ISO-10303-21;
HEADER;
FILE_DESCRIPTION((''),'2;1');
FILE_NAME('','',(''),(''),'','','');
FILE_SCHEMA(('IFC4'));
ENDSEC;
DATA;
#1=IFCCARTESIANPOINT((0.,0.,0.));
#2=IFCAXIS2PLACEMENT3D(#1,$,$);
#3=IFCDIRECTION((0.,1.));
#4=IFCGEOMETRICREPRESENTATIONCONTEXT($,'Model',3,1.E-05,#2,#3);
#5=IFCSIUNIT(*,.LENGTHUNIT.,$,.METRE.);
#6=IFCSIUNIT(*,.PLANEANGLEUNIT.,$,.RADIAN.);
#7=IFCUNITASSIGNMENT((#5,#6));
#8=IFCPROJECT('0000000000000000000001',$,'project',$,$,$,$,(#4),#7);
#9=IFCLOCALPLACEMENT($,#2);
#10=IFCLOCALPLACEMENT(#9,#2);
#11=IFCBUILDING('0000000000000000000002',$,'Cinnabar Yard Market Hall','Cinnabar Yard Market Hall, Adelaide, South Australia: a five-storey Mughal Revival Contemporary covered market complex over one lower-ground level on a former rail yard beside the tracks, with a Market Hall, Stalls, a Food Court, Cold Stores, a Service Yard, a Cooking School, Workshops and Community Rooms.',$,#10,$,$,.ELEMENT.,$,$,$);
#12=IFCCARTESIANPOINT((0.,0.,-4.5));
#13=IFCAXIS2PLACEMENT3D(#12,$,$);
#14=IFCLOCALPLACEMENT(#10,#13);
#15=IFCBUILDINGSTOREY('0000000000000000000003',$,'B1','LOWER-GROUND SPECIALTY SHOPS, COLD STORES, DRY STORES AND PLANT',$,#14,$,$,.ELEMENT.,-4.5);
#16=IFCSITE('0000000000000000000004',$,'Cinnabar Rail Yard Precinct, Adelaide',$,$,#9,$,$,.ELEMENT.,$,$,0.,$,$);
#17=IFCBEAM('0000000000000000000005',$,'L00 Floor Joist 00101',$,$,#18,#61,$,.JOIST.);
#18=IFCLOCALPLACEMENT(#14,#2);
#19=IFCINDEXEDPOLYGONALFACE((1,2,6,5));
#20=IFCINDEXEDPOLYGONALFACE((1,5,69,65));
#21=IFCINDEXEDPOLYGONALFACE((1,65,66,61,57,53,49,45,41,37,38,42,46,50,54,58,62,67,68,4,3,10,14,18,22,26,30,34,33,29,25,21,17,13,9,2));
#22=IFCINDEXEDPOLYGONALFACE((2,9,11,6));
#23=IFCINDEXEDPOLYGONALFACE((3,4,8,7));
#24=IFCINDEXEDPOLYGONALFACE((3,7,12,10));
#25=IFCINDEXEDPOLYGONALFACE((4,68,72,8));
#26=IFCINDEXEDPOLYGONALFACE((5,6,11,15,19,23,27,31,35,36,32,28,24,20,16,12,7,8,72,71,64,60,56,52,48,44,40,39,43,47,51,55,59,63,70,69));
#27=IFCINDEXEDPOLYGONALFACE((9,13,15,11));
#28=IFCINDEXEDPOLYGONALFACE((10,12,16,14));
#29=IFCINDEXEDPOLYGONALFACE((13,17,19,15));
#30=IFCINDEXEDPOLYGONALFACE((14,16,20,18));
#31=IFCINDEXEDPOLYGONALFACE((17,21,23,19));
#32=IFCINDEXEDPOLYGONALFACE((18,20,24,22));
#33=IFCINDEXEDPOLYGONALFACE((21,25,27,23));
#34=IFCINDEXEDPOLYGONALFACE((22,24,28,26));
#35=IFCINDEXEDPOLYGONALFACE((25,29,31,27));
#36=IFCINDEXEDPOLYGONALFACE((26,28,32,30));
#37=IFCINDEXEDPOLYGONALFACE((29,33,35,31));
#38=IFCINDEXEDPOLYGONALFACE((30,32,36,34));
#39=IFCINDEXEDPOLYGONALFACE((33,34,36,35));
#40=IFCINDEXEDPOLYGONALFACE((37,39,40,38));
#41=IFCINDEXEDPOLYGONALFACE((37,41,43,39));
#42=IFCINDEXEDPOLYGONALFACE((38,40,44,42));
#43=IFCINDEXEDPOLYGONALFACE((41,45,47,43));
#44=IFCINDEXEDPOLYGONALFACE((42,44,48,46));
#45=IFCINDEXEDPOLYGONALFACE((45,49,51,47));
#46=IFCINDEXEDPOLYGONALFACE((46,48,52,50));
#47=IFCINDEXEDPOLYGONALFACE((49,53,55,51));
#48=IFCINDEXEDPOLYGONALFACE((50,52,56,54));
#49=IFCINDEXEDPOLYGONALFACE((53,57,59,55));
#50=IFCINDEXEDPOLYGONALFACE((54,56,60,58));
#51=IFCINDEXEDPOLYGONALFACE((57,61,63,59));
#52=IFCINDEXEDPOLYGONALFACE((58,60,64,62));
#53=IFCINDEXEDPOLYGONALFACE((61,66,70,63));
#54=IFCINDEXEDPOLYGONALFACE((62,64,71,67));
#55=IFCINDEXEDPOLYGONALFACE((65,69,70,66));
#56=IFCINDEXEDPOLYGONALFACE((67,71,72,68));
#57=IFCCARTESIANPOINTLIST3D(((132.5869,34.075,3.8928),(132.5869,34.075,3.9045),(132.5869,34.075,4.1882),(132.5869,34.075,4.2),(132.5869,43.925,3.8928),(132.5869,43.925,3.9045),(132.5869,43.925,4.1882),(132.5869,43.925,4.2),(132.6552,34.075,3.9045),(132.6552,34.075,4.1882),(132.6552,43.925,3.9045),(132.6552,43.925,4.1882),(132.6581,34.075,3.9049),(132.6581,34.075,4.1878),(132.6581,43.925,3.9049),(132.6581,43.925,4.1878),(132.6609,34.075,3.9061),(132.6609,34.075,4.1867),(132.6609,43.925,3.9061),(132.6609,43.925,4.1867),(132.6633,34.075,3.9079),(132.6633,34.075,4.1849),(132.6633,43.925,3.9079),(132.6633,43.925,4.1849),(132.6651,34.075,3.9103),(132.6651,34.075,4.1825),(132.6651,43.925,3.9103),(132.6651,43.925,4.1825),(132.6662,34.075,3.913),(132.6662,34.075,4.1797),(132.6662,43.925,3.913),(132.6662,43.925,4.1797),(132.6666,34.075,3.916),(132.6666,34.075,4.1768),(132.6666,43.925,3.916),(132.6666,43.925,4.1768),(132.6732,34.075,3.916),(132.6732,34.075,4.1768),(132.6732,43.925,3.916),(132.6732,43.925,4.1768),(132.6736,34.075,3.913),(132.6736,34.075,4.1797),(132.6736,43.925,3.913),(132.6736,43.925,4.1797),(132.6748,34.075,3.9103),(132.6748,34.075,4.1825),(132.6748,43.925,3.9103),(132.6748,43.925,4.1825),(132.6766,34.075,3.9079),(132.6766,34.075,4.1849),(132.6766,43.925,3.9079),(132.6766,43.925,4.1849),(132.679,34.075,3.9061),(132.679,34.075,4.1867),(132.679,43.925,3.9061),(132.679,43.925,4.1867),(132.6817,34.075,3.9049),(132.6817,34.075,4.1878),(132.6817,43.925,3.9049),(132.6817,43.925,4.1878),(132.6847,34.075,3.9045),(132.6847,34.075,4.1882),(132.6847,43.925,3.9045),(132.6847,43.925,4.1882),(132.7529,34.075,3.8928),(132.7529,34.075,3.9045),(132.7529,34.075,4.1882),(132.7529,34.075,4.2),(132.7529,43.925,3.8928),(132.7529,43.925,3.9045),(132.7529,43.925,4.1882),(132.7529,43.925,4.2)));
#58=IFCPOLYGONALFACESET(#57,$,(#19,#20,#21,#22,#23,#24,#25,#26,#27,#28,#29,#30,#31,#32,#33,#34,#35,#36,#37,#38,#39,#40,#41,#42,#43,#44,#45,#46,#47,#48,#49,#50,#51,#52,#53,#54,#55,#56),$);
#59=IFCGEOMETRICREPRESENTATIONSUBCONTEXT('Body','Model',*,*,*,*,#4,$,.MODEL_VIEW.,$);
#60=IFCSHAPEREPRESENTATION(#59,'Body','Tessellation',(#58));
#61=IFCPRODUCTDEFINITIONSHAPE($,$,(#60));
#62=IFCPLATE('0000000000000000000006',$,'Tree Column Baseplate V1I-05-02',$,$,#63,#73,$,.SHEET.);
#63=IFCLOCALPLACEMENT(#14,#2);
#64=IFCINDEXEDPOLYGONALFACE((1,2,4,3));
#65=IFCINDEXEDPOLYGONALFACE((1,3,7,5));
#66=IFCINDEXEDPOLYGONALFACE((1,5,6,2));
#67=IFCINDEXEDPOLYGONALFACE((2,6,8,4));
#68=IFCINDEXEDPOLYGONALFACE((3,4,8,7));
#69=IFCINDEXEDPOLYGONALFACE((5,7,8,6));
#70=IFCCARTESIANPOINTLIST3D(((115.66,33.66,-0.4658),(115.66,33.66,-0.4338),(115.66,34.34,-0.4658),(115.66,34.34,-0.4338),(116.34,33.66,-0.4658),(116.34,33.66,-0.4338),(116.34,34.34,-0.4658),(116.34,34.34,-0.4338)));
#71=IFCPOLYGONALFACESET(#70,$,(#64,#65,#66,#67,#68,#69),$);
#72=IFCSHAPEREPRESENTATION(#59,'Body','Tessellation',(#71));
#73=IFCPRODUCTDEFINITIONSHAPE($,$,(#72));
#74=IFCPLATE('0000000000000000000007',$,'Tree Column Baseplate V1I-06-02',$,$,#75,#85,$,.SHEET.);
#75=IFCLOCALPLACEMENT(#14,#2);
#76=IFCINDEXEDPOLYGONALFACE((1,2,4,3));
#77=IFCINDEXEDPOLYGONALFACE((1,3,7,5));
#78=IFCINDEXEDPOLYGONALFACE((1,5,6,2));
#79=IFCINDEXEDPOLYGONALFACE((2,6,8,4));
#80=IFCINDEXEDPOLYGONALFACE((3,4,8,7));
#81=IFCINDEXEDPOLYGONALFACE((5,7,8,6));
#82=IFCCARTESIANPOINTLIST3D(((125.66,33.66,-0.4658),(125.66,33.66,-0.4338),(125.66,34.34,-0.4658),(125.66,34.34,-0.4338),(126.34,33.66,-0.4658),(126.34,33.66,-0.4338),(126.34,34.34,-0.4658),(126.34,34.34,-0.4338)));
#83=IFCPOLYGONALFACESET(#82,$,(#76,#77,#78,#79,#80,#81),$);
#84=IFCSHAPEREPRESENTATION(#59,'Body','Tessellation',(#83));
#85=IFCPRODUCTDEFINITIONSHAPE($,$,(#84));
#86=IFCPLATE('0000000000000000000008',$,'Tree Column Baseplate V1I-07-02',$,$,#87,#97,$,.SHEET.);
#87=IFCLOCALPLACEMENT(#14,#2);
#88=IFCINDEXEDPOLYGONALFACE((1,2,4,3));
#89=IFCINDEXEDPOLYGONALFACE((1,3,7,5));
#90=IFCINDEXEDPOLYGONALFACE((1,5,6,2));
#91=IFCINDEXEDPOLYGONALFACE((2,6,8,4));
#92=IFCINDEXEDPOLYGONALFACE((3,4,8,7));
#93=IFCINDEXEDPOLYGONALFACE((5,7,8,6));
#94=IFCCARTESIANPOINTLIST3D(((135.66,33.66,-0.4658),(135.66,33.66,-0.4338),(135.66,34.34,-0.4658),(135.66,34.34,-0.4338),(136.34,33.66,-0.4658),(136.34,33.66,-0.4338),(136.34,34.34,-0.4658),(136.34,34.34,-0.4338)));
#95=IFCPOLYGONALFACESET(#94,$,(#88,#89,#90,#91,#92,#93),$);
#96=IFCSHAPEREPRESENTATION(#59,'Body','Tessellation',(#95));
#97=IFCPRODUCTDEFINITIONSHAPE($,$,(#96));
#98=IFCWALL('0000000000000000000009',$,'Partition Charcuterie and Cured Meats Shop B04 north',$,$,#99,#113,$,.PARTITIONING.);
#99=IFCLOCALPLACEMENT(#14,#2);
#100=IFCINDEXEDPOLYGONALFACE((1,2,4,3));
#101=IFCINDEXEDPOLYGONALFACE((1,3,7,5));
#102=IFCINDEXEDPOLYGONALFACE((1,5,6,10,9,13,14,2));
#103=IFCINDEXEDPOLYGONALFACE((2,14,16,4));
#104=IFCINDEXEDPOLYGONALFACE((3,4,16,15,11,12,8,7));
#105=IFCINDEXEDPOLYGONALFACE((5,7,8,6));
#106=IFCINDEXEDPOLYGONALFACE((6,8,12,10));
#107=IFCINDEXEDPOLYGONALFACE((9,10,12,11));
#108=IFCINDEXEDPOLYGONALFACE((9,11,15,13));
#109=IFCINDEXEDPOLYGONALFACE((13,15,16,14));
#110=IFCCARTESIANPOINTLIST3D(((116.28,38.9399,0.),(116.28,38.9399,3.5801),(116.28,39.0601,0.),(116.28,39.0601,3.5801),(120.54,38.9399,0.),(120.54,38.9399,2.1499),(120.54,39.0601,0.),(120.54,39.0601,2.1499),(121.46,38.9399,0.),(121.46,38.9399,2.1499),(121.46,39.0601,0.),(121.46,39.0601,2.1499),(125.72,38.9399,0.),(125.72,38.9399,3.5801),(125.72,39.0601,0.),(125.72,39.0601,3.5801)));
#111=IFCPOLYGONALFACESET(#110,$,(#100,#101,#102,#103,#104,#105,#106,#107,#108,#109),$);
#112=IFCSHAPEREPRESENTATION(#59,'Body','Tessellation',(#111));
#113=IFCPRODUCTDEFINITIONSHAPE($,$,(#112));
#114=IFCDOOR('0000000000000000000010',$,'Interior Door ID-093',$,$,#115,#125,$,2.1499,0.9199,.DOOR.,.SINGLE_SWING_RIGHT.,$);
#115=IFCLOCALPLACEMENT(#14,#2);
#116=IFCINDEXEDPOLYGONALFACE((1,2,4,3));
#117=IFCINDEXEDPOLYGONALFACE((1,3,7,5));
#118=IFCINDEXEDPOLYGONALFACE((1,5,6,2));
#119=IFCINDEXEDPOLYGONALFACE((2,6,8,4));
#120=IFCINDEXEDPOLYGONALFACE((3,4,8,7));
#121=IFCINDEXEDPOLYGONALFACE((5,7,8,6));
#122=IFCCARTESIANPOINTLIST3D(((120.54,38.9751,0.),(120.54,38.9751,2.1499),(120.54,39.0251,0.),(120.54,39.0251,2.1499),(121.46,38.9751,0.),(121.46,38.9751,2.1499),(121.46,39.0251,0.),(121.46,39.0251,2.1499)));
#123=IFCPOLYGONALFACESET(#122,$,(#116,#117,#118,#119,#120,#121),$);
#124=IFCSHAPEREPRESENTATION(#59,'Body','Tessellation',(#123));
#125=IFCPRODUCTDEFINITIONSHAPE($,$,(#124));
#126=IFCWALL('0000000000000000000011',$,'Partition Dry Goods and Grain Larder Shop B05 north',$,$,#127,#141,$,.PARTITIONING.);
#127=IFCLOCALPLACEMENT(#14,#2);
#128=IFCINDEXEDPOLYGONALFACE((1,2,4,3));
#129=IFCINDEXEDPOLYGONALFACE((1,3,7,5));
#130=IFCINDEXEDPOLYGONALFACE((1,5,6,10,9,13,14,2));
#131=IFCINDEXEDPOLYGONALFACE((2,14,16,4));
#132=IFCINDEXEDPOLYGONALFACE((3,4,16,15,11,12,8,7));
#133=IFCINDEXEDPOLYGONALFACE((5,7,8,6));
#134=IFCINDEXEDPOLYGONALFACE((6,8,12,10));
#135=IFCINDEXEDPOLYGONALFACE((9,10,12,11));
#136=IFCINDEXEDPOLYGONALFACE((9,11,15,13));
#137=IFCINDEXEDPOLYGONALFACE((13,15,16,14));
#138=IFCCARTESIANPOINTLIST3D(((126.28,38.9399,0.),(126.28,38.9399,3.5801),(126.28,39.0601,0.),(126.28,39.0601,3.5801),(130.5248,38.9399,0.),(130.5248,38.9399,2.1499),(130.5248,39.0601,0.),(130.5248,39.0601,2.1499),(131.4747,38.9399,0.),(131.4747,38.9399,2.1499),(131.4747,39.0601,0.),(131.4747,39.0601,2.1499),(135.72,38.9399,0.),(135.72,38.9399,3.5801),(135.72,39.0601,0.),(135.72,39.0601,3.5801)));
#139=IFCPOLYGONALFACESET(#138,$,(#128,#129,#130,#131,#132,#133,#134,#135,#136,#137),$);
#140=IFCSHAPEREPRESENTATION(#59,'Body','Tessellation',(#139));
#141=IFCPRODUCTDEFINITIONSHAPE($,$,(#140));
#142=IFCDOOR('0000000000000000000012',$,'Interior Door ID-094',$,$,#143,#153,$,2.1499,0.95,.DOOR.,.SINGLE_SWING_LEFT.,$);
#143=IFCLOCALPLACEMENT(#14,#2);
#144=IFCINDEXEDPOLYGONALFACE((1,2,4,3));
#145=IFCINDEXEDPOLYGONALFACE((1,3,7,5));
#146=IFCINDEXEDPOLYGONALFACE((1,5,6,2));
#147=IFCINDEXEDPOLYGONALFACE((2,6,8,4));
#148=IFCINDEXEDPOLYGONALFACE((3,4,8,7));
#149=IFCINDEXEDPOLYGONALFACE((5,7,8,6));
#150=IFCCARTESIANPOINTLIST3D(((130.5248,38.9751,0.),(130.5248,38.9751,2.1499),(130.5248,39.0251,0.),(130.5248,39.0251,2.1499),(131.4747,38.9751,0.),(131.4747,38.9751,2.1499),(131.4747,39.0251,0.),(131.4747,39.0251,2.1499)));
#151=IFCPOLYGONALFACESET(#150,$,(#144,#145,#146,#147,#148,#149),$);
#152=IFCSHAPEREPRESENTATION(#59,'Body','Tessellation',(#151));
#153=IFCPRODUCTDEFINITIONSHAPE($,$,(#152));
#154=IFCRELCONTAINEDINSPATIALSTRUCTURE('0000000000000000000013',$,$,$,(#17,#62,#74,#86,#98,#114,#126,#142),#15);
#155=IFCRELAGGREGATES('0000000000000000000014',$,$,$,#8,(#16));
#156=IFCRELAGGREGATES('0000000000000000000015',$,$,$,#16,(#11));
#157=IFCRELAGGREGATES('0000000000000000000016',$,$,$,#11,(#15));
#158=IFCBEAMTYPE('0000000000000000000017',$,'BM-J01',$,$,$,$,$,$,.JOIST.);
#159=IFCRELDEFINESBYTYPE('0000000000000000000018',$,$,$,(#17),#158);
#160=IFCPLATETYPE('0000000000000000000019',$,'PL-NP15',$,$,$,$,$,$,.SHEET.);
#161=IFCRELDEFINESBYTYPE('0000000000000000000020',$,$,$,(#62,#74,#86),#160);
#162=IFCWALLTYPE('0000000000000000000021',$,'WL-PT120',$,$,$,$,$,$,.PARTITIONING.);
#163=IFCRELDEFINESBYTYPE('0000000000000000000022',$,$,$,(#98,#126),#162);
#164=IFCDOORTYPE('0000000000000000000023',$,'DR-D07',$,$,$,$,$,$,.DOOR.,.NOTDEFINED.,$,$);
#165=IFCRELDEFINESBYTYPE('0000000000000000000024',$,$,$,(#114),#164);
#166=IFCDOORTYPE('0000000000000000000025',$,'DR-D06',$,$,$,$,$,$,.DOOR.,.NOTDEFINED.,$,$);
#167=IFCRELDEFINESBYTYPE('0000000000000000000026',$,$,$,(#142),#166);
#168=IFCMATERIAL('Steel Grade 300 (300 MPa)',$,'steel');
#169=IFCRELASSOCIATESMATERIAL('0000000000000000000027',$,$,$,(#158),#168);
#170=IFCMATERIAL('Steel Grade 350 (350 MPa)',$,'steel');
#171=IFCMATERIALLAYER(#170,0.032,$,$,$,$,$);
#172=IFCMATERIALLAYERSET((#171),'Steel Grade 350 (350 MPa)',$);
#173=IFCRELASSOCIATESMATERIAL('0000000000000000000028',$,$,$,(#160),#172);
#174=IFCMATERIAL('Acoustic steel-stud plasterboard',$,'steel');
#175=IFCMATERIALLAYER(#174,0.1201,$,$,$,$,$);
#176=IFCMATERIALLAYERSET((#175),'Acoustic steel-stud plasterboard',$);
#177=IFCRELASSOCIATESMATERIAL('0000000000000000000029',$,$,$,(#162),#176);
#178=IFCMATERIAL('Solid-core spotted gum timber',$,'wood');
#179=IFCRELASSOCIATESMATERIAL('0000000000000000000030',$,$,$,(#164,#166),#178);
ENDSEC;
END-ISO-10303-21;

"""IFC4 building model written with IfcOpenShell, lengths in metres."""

from ifc_helpers import new_model, si_unit, direction, frame, frame_2d, origin, origin_2d_with_axis, place, context, subcontext, project, spatial, rectangle, i_section, extrude, material, layer, layer_set, material_profile, profile_set, type_object, element, fill, save


model = new_model("IFC4")

# Units and contexts
model_context = context("Model", 3, precision=1e-05, world=origin(), true_north=direction((0.0, 1.0)))
body_context = subcontext(model_context, "Body", "Model", "MODEL_VIEW")
ifc_project = project(units=[si_unit("LENGTHUNIT", "METRE"), si_unit("PLANEANGLEUNIT", "RADIAN")], contexts=[model_context])

# Site, building, storey
site_placement = place(None, origin())
site = spatial("IfcSite", under=ifc_project, at=site_placement, Name="Cinnabar Rail Yard Precinct, Adelaide", CompositionType="ELEMENT", RefElevation=0.0)
building_placement = place(site_placement, origin())
building = spatial("IfcBuilding", under=site, at=building_placement, Name="Cinnabar Yard Market Hall", Description="Cinnabar Yard Market Hall, Adelaide, South Australia: a five-storey Mughal Revival Contemporary covered market complex over one lower-ground level on a former rail yard beside the tracks, with a Market Hall, Stalls, a Food Court, Cold Stores, a Service Yard, a Cooking School, Workshops and Community Rooms.", CompositionType="ELEMENT")
storey_placement = place(building_placement, frame((0.0, 0.0, -4.5)))
storey = spatial("IfcBuildingStorey", under=building, at=storey_placement, Name="B1", Description="LOWER-GROUND SPECIALTY SHOPS, COLD STORES, DRY STORES AND PLANT", CompositionType="ELEMENT", Elevation=-4.5)

# Beam
ifc_material_1 = material(Name="Steel Grade 300 (300 MPa)", Category="steel")
ifc_material_profile_1 = material_profile(ifc_material_1, i_section(OverallWidth=0.166, OverallDepth=0.3071, WebThickness=0.0066, FlangeThickness=0.0117, FilletRadius=0.0115, at=origin_2d_with_axis()), Name="310UB46.2")
ifc_profile_set_1 = profile_set([ifc_material_profile_1], Name="Steel Grade 300 (300 MPa)")
beam_type_1 = type_object("IfcBeamType", Name="BM-J01", PredefinedType="JOIST", material=ifc_profile_set_1)
for number, where, z_axis, x_axis, name in (
    (1, (132.6699, 34.075, 4.0464), (0.0, 1.0, 0.0), (-1.0, 0.0, 0.0), "L00 Floor Joist 00101"),
):
    element("IfcBeam", number, at=place(storey_placement, frame(where, z_axis=z_axis, x_axis=x_axis)), inside=storey, type_object=beam_type_1, Name=name, PredefinedType="JOIST", context=body_context, shape_type="SweptSolid", body=[
        extrude(i_section(OverallWidth=0.166, OverallDepth=0.3071, WebThickness=0.0066, FlangeThickness=0.0117, FilletRadius=0.0115, at=origin_2d_with_axis()), origin(), (0.0, 0.0, 1.0), 9.8501),
    ])

# Plates
ifc_material_2 = material(Name="Steel Grade 350 (350 MPa)", Category="steel")
ifc_layer_1 = layer(ifc_material_2, 0.032)
ifc_layer_set_1 = layer_set([ifc_layer_1], Name="Steel Grade 350 (350 MPa)")
plate_type = type_object("IfcPlateType", Name="PL-NP15", PredefinedType="SHEET", material=ifc_layer_set_1)
for number, where, z_axis, x_axis, name in (
    (2, (116.0, 34.0, -0.4658), (0.0, 0.0, 1.0), (1.0, 0.0, 0.0), "Tree Column Baseplate V1I-05-02"),
    (3, (126.0, 34.0, -0.4658), (0.0, 0.0, 1.0), (1.0, 0.0, 0.0), "Tree Column Baseplate V1I-06-02"),
    (4, (136.0, 34.0, -0.4658), (0.0, 0.0, 1.0), (1.0, 0.0, 0.0), "Tree Column Baseplate V1I-07-02"),
):
    element("IfcPlate", number, at=place(storey_placement, frame(where, z_axis=z_axis, x_axis=x_axis)), inside=storey, type_object=plate_type, Name=name, PredefinedType="SHEET", context=body_context, shape_type="SweptSolid", body=[
        extrude(rectangle(XDim=0.6799, YDim=0.6799, at=origin_2d_with_axis()), origin(), (0.0, 0.0, 1.0), 0.032),
    ])

# Walls, openings, doors
ifc_material_3 = material(Name="Acoustic steel-stud plasterboard", Category="steel")
ifc_layer_2 = layer(ifc_material_3, 0.1201)
ifc_layer_set_2 = layer_set([ifc_layer_2], Name="Acoustic steel-stud plasterboard")
wall_type = type_object("IfcWallType", Name="WL-PT120", PredefinedType="PARTITIONING", material=ifc_layer_set_2)
wall_1_placement = place(storey_placement, frame((125.72, 39.0, 0.0), z_axis=(0.0, 0.0, 1.0), x_axis=(-1.0, 0.0, 0.0)))
wall_1 = element("IfcWall", 5, at=wall_1_placement, inside=storey, type_object=wall_type, Name="Partition Charcuterie and Cured Meats Shop B04 north", PredefinedType="PARTITIONING", context=body_context, shape_type="SweptSolid", body=[
    extrude(rectangle(XDim=9.4399, YDim=0.1201, at=frame_2d((4.72, 0.0), x_axis=(1.0, 0.0))), origin(), (0.0, 0.0, 1.0), 3.5801),
])
opening_1_placement = place(wall_1_placement, frame((4.26, 0.0, 0.0)))
opening_1 = element("IfcOpeningElement", 6, at=opening_1_placement, cuts=wall_1, PredefinedType="OPENING", context=body_context, shape_type="SweptSolid", body=[
    extrude(rectangle(XDim=0.9199, YDim=2.1499, at=frame_2d((0.46, 1.075), x_axis=(1.0, 0.0))), frame((0.0, 0.0701, 0.0), z_axis=(0.0, -1.0, 0.0), x_axis=(1.0, 0.0, 0.0)), (0.0, 0.0, 1.0), 0.1401),
])
ifc_material_4 = material(Name="Solid-core spotted gum timber", Category="wood")
door_type_1 = type_object("IfcDoorType", Name="DR-D07", OperationType="NOTDEFINED", PredefinedType="DOOR", material=ifc_material_4)
door_1_placement = place(opening_1_placement, origin())
door_1 = element("IfcDoor", 7, at=door_1_placement, inside=storey, type_object=door_type_1, Name="Interior Door ID-093", OperationType="SINGLE_SWING_RIGHT", OverallHeight=2.1499, OverallWidth=0.9199, PredefinedType="DOOR", context=body_context, shape_type="SweptSolid", body=[
    extrude(rectangle(XDim=0.9199, YDim=2.1499, at=frame_2d((0.46, 1.075), x_axis=(1.0, 0.0))), frame((0.0, 0.0249, 0.0), z_axis=(0.0, -1.0, 0.0), x_axis=(1.0, 0.0, 0.0)), (0.0, 0.0, 1.0), 0.05),
])
fill(opening_1, door_1)
wall_2_placement = place(storey_placement, frame((135.72, 39.0, 0.0), z_axis=(0.0, 0.0, 1.0), x_axis=(-1.0, 0.0, 0.0)))
wall_2 = element("IfcWall", 8, at=wall_2_placement, inside=storey, type_object=wall_type, Name="Partition Dry Goods and Grain Larder Shop B05 north", PredefinedType="PARTITIONING", context=body_context, shape_type="SweptSolid", body=[
    extrude(rectangle(XDim=9.4399, YDim=0.1201, at=frame_2d((4.72, 0.0), x_axis=(1.0, 0.0))), origin(), (0.0, 0.0, 1.0), 3.5801),
])
opening_2_placement = place(wall_2_placement, frame((4.2451, 0.0, 0.0)))
opening_2 = element("IfcOpeningElement", 9, at=opening_2_placement, cuts=wall_2, PredefinedType="OPENING", context=body_context, shape_type="SweptSolid", body=[
    extrude(rectangle(XDim=0.95, YDim=2.1499, at=frame_2d((0.4751, 1.075), x_axis=(1.0, 0.0))), frame((0.0, 0.0701, 0.0), z_axis=(0.0, -1.0, 0.0), x_axis=(1.0, 0.0, 0.0)), (0.0, 0.0, 1.0), 0.1401),
])
door_type_2 = type_object("IfcDoorType", Name="DR-D06", OperationType="NOTDEFINED", PredefinedType="DOOR", material=ifc_material_4)
door_2_placement = place(opening_2_placement, origin())
door_2 = element("IfcDoor", 10, at=door_2_placement, inside=storey, type_object=door_type_2, Name="Interior Door ID-094", OperationType="SINGLE_SWING_LEFT", OverallHeight=2.1499, OverallWidth=0.95, PredefinedType="DOOR", context=body_context, shape_type="SweptSolid", body=[
    extrude(rectangle(XDim=0.95, YDim=2.1499, at=frame_2d((0.4751, 1.075), x_axis=(1.0, 0.0))), frame((0.0, 0.0249, 0.0), z_axis=(0.0, -1.0, 0.0), x_axis=(1.0, 0.0, 0.0)), (0.0, 0.0, 1.0), 0.05),
])
fill(opening_2, door_2)

save(model, "model.ifc")
